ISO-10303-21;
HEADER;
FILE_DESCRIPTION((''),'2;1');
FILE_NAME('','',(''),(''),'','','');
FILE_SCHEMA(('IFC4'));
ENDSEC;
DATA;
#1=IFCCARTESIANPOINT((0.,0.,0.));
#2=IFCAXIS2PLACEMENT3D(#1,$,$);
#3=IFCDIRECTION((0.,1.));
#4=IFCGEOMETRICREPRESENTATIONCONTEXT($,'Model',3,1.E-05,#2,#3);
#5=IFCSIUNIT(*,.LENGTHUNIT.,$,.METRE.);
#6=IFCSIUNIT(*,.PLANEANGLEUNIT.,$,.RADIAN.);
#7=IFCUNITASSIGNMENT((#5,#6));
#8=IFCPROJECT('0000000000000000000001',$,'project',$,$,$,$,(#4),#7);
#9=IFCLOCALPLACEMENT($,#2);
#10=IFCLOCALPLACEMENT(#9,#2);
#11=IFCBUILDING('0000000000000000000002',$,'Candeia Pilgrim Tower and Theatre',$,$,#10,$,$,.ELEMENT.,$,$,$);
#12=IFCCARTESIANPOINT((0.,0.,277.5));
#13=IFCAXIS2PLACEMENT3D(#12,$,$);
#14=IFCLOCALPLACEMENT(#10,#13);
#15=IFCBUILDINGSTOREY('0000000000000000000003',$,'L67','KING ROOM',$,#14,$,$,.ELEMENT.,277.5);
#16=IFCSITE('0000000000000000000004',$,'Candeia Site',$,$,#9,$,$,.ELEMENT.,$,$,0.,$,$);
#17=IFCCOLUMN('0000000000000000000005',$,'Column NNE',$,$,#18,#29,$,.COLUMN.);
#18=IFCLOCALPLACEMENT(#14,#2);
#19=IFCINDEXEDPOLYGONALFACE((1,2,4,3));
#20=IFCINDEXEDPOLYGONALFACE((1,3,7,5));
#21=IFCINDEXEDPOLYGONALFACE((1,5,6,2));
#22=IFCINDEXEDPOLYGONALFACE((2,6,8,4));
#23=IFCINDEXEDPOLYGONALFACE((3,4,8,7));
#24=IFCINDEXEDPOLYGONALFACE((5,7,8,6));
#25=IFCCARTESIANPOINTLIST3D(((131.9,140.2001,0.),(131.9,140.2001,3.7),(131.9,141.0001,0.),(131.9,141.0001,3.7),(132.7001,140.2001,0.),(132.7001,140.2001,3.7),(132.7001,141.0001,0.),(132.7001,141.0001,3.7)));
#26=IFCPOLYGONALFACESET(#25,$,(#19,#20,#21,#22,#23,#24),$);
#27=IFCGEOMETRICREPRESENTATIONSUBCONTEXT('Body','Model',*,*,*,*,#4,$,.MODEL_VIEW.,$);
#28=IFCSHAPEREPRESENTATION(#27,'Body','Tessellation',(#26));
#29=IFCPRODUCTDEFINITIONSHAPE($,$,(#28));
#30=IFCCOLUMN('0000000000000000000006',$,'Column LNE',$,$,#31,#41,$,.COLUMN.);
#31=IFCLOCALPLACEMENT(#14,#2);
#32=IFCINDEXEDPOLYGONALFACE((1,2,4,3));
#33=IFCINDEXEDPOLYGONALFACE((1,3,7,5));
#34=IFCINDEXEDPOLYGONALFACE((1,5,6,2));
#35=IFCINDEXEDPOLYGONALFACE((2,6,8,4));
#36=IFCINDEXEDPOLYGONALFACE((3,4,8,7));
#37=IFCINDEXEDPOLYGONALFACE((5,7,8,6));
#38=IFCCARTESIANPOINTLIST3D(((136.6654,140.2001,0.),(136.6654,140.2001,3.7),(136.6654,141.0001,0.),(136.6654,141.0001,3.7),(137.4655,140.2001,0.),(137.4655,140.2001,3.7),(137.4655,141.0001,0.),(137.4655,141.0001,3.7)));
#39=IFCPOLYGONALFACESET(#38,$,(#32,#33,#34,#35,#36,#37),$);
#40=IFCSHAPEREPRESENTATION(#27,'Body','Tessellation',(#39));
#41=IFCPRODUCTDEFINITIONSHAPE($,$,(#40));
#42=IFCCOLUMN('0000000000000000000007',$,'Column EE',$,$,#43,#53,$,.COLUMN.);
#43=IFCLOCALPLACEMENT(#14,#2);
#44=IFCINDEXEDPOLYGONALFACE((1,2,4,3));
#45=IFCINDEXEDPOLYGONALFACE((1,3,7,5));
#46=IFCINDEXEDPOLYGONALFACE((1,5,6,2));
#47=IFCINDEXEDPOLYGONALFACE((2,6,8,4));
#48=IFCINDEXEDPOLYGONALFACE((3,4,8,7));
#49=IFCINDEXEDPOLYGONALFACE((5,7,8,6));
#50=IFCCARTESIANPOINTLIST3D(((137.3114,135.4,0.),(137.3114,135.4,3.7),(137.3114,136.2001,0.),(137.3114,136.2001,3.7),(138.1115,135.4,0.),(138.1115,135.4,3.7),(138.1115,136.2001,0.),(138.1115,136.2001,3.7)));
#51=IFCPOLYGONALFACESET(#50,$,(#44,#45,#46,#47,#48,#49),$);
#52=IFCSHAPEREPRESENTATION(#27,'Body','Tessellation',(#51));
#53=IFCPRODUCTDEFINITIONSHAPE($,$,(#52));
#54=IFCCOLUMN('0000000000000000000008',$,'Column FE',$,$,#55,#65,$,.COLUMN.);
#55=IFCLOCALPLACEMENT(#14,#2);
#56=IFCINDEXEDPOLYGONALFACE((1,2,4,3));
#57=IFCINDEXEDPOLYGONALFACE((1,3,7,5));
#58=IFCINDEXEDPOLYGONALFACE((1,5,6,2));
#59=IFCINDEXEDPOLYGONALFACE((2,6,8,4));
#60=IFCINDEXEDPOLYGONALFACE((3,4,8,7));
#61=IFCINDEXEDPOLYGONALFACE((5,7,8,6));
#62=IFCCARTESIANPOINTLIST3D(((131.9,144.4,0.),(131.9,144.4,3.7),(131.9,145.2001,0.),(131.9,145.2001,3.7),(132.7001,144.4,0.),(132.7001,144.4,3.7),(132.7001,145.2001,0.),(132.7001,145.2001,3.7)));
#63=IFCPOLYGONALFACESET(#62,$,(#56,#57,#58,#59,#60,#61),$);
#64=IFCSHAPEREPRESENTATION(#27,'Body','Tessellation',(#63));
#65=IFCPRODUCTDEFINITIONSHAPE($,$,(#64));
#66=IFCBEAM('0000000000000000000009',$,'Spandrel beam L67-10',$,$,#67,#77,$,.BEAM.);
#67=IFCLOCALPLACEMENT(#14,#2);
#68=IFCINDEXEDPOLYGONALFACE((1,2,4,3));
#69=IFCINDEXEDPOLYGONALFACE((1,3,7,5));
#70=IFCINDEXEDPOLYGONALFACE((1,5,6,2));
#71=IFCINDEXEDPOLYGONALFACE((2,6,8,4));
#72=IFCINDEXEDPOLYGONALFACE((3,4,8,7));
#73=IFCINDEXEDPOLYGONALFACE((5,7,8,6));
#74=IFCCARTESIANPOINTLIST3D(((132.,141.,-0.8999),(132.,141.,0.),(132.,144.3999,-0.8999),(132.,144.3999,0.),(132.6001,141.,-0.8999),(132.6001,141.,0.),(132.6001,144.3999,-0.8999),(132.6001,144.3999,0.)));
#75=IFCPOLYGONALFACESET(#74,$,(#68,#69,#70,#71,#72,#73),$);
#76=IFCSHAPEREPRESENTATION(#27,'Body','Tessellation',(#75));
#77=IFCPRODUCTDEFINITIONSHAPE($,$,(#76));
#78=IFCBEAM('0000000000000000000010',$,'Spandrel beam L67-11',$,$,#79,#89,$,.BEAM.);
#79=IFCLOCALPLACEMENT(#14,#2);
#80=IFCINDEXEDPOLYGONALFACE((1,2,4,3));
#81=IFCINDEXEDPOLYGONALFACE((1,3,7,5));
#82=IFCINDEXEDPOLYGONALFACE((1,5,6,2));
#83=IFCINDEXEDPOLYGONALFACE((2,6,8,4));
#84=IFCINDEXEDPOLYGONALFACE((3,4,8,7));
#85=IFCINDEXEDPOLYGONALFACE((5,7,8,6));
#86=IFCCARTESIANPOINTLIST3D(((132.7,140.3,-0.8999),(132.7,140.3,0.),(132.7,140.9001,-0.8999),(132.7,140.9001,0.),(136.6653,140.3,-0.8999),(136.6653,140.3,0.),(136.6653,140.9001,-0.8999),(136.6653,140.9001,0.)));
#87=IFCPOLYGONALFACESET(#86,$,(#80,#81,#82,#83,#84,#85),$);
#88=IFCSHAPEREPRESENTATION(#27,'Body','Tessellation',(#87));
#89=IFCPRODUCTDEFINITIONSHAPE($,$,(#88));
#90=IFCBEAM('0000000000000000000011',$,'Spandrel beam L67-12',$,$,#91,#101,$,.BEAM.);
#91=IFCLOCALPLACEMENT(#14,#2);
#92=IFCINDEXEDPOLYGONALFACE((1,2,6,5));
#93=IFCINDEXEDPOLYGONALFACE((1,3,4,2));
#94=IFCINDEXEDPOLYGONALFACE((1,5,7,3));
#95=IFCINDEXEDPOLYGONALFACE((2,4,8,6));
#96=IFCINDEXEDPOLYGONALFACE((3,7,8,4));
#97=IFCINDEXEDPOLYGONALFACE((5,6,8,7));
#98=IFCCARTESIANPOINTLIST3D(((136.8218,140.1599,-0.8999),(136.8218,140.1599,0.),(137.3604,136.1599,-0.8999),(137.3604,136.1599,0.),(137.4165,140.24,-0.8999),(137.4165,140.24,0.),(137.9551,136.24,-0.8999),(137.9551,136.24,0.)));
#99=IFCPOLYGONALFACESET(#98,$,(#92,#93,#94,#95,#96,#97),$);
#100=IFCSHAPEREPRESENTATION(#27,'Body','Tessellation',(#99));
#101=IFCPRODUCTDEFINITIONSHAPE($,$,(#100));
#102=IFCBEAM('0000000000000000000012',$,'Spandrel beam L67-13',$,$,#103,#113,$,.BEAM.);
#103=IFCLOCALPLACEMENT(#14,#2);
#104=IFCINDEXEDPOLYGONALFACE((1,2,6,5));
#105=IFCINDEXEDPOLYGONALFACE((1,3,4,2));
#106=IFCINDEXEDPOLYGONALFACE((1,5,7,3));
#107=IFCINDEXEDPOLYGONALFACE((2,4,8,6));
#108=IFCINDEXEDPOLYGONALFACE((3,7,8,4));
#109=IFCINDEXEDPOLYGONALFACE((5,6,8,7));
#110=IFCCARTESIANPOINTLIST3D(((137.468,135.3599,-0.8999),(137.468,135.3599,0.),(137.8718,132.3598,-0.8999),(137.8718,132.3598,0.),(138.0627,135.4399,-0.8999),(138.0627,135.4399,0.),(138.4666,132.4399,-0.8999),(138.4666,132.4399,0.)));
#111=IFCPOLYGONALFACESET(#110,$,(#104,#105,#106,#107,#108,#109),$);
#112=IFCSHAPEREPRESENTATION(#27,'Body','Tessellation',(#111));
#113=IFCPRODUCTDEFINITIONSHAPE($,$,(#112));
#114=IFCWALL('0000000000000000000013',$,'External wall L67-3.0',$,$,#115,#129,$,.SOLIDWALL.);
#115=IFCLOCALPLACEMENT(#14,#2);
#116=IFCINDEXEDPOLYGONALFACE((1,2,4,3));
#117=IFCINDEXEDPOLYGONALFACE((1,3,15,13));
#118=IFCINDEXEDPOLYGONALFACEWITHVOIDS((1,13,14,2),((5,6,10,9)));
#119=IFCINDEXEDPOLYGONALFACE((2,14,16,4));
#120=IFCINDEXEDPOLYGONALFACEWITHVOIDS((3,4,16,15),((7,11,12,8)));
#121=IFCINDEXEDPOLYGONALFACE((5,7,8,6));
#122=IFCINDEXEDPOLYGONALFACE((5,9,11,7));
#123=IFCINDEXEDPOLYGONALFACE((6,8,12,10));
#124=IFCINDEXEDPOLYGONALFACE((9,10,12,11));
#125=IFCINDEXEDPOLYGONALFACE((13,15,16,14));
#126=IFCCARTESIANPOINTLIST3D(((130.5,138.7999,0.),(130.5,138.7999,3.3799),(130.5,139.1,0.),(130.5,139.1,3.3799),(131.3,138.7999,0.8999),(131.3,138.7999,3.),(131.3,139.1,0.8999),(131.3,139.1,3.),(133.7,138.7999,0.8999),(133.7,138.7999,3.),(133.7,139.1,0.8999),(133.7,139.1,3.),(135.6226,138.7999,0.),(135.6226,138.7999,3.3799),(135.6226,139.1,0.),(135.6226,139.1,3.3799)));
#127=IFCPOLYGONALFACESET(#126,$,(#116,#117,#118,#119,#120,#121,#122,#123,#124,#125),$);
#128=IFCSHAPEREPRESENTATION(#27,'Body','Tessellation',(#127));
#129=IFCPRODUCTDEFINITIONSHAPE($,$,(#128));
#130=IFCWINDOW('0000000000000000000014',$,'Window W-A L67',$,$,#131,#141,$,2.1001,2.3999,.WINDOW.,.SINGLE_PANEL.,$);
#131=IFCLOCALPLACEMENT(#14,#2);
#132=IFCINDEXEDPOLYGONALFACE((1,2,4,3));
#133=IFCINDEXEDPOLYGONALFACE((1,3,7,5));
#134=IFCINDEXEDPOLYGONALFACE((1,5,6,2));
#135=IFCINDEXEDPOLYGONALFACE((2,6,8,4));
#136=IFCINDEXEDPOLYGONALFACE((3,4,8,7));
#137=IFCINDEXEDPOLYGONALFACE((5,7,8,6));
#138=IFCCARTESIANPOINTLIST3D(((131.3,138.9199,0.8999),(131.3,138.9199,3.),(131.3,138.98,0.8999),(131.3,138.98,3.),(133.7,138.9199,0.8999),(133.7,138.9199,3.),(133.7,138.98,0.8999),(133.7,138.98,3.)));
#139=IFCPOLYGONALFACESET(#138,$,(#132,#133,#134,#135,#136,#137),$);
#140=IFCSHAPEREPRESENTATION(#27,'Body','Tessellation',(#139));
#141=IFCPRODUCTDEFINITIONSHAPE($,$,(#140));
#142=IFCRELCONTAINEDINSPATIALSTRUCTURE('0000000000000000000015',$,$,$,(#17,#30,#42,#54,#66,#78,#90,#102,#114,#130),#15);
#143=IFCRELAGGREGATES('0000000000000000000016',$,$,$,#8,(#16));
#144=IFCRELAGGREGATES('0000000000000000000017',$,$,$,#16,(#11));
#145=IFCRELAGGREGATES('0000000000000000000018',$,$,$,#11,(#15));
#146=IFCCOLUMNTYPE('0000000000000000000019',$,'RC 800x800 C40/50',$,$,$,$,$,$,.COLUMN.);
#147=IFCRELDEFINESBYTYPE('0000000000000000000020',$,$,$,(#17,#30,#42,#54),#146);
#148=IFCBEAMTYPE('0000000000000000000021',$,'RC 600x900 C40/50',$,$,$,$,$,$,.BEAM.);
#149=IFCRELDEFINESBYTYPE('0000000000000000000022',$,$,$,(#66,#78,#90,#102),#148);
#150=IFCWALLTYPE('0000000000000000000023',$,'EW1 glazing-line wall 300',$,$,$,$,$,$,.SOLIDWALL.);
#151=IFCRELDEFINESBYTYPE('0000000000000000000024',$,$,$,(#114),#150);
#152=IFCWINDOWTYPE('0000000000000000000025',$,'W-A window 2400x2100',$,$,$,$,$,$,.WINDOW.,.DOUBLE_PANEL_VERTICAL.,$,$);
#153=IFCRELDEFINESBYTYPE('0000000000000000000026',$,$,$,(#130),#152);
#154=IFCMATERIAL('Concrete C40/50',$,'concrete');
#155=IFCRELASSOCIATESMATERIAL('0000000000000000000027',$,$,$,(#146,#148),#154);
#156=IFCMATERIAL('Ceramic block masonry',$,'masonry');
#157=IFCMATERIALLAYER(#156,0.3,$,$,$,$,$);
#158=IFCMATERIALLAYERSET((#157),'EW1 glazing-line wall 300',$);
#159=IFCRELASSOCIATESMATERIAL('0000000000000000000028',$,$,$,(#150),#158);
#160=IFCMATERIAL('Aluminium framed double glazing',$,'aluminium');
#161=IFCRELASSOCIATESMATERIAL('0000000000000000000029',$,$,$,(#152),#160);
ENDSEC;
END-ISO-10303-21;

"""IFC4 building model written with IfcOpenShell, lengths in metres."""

from ifc_helpers import new_model, si_unit, direction, frame, frame_2d, origin, origin_2d, place, context, subcontext, project, spatial, rectangle, extrude, material, layer, layer_set, material_profile, profile_set, type_object, element, fill, save


model = new_model("IFC4")

# Units and contexts
model_context = context("Model", 3, precision=1e-05, world=origin(), true_north=direction((0.0, 1.0)))
body_context = subcontext(model_context, "Body", "Model", "MODEL_VIEW")
ifc_project = project(units=[si_unit("LENGTHUNIT", "METRE"), si_unit("PLANEANGLEUNIT", "RADIAN")], contexts=[model_context])

# Site, building, storey
site_placement = place(None, origin())
site = spatial("IfcSite", under=ifc_project, at=site_placement, Name="Candeia Site", CompositionType="ELEMENT", RefElevation=0.0)
building_placement = place(site_placement, origin())
building = spatial("IfcBuilding", under=site, at=building_placement, Name="Candeia Pilgrim Tower and Theatre", CompositionType="ELEMENT")
storey_placement = place(building_placement, frame((0.0, 0.0, 277.5)))
storey = spatial("IfcBuildingStorey", under=building, at=storey_placement, Name="L67", Description="KING ROOM", CompositionType="ELEMENT", Elevation=277.5)

# Columns
ifc_material_1 = material(Name="Concrete C40/50", Category="concrete")
ifc_material_profile_1 = material_profile(ifc_material_1, rectangle(XDim=0.8, YDim=0.8, at=origin_2d()))
ifc_profile_set_1 = profile_set([ifc_material_profile_1], Name="Concrete C40/50")
column_type = type_object("IfcColumnType", Name="RC 800x800 C40/50", PredefinedType="COLUMN", material=ifc_profile_set_1)
for number, where, z_axis, x_axis, name in (
    (1, (132.3, 140.6001, 0.0), (0.0, 0.0, 1.0), (1.0, 0.0, 0.0), "Column NNE"),
    (2, (137.0654, 140.6001, 0.0), (0.0, 0.0, 1.0), (1.0, 0.0, 0.0), "Column LNE"),
    (3, (137.7114, 135.8, 0.0), (0.0, 0.0, 1.0), (1.0, 0.0, 0.0), "Column EE"),
    (4, (132.3, 144.8, 0.0), (0.0, 0.0, 1.0), (1.0, 0.0, 0.0), "Column FE"),
):
    element("IfcColumn", number, at=place(storey_placement, frame(where, z_axis=z_axis, x_axis=x_axis)), inside=storey, type_object=column_type, Name=name, PredefinedType="COLUMN", context=body_context, shape_type="SweptSolid", body=[
        extrude(rectangle(XDim=0.8, YDim=0.8, at=origin_2d()), origin(), (0.0, 0.0, 1.0), 3.7),
    ])

# Beams
ifc_material_profile_2 = material_profile(ifc_material_1, rectangle(XDim=0.6001, YDim=0.8999, at=origin_2d()))
ifc_profile_set_2 = profile_set([ifc_material_profile_2], Name="Concrete C40/50")
beam_type = type_object("IfcBeamType", Name="RC 600x900 C40/50", PredefinedType="BEAM", material=ifc_profile_set_2)
beam_1_placement = place(storey_placement, frame((132.3, 144.3999, -0.45), z_axis=(0.0, -1.0, 0.0), x_axis=(1.0, 0.0, 0.0)))
element("IfcBeam", 5, at=beam_1_placement, inside=storey, type_object=beam_type, Name="Spandrel beam L67-10", PredefinedType="BEAM", context=body_context, shape_type="SweptSolid", body=[
    extrude(rectangle(XDim=0.6001, YDim=0.8999, at=origin_2d()), origin(), (0.0, 0.0, 1.0), 3.3999),
])
beam_2_placement = place(storey_placement, frame((132.7, 140.6001, -0.45), z_axis=(1.0, 0.0, 0.0), x_axis=(0.0, 1.0, 0.0)))
element("IfcBeam", 6, at=beam_2_placement, inside=storey, type_object=beam_type, Name="Spandrel beam L67-11", PredefinedType="BEAM", context=body_context, shape_type="SweptSolid", body=[
    extrude(rectangle(XDim=0.6001, YDim=0.8999, at=origin_2d()), origin(), (0.0, 0.0, 1.0), 3.9653),
])
beam_3_placement = place(storey_placement, frame((137.1191, 140.2, -0.45), z_axis=(0.133439, -0.991057, 0.0), x_axis=(0.991057, 0.133439, 0.0)))
element("IfcBeam", 7, at=beam_3_placement, inside=storey, type_object=beam_type, Name="Spandrel beam L67-12", PredefinedType="BEAM", context=body_context, shape_type="SweptSolid", body=[
    extrude(rectangle(XDim=0.6001, YDim=0.8999, at=origin_2d()), origin(), (0.0, 0.0, 1.0), 4.0361),
])
beam_4_placement = place(storey_placement, frame((137.7654, 135.3999, -0.45), z_axis=(0.1334, -0.991062, 0.0), x_axis=(0.991062, 0.1334, 0.0)))
element("IfcBeam", 8, at=beam_4_placement, inside=storey, type_object=beam_type, Name="Spandrel beam L67-13", PredefinedType="BEAM", context=body_context, shape_type="SweptSolid", body=[
    extrude(rectangle(XDim=0.6001, YDim=0.8999, at=origin_2d()), origin(), (0.0, 0.0, 1.0), 3.0271),
])

# Wall, opening, window
ifc_material_2 = material(Name="Ceramic block masonry", Category="masonry")
ifc_layer_1 = layer(ifc_material_2, 0.3)
ifc_layer_set_1 = layer_set([ifc_layer_1], Name="EW1 glazing-line wall 300")
wall_type = type_object("IfcWallType", Name="EW1 glazing-line wall 300", PredefinedType="SOLIDWALL", material=ifc_layer_set_1)
wall_1_placement = place(storey_placement, frame((135.6226, 138.95, 0.0), z_axis=(0.0, 0.0, 1.0), x_axis=(-1.0, 0.0, 0.0)))
wall_1 = element("IfcWall", 9, at=wall_1_placement, inside=storey, type_object=wall_type, Name="External wall L67-3.0", PredefinedType="SOLIDWALL", context=body_context, shape_type="SweptSolid", body=[
    extrude(rectangle(XDim=5.1226, YDim=0.3, at=frame_2d((2.5613, 0.0))), origin(), (0.0, 0.0, 1.0), 3.3799),
])
opening_1_placement = place(wall_1_placement, frame((1.9226, 0.0, 0.8999)))
opening_1 = element("IfcOpeningElement", 10, at=opening_1_placement, cuts=wall_1, PredefinedType="OPENING", context=body_context, shape_type="SweptSolid", body=[
    extrude(rectangle(XDim=2.3999, YDim=2.1001, at=frame_2d((1.2, 1.05))), frame((0.0, 0.1602, 0.0), z_axis=(0.0, -1.0, 0.0), x_axis=(1.0, 0.0, 0.0)), (0.0, 0.0, 1.0), 0.3201),
])
ifc_material_3 = material(Name="Aluminium framed double glazing", Category="aluminium")
window_type = type_object("IfcWindowType", Name="W-A window 2400x2100", PartitioningType="DOUBLE_PANEL_VERTICAL", PredefinedType="WINDOW", material=ifc_material_3)
window_1_placement = place(opening_1_placement, origin())
window_1 = element("IfcWindow", 11, at=window_1_placement, inside=storey, type_object=window_type, Name="Window W-A L67", OverallHeight=2.1001, OverallWidth=2.3999, PartitioningType="SINGLE_PANEL", PredefinedType="WINDOW", context=body_context, shape_type="SweptSolid", body=[
    extrude(rectangle(XDim=2.3999, YDim=2.1001, at=frame_2d((1.2, 1.05))), frame((0.0, 0.03, 0.0), z_axis=(0.0, -1.0, 0.0), x_axis=(1.0, 0.0, 0.0)), (0.0, 0.0, 1.0), 0.0601),
])
fill(opening_1, window_1)

save(model, "model.ifc")
